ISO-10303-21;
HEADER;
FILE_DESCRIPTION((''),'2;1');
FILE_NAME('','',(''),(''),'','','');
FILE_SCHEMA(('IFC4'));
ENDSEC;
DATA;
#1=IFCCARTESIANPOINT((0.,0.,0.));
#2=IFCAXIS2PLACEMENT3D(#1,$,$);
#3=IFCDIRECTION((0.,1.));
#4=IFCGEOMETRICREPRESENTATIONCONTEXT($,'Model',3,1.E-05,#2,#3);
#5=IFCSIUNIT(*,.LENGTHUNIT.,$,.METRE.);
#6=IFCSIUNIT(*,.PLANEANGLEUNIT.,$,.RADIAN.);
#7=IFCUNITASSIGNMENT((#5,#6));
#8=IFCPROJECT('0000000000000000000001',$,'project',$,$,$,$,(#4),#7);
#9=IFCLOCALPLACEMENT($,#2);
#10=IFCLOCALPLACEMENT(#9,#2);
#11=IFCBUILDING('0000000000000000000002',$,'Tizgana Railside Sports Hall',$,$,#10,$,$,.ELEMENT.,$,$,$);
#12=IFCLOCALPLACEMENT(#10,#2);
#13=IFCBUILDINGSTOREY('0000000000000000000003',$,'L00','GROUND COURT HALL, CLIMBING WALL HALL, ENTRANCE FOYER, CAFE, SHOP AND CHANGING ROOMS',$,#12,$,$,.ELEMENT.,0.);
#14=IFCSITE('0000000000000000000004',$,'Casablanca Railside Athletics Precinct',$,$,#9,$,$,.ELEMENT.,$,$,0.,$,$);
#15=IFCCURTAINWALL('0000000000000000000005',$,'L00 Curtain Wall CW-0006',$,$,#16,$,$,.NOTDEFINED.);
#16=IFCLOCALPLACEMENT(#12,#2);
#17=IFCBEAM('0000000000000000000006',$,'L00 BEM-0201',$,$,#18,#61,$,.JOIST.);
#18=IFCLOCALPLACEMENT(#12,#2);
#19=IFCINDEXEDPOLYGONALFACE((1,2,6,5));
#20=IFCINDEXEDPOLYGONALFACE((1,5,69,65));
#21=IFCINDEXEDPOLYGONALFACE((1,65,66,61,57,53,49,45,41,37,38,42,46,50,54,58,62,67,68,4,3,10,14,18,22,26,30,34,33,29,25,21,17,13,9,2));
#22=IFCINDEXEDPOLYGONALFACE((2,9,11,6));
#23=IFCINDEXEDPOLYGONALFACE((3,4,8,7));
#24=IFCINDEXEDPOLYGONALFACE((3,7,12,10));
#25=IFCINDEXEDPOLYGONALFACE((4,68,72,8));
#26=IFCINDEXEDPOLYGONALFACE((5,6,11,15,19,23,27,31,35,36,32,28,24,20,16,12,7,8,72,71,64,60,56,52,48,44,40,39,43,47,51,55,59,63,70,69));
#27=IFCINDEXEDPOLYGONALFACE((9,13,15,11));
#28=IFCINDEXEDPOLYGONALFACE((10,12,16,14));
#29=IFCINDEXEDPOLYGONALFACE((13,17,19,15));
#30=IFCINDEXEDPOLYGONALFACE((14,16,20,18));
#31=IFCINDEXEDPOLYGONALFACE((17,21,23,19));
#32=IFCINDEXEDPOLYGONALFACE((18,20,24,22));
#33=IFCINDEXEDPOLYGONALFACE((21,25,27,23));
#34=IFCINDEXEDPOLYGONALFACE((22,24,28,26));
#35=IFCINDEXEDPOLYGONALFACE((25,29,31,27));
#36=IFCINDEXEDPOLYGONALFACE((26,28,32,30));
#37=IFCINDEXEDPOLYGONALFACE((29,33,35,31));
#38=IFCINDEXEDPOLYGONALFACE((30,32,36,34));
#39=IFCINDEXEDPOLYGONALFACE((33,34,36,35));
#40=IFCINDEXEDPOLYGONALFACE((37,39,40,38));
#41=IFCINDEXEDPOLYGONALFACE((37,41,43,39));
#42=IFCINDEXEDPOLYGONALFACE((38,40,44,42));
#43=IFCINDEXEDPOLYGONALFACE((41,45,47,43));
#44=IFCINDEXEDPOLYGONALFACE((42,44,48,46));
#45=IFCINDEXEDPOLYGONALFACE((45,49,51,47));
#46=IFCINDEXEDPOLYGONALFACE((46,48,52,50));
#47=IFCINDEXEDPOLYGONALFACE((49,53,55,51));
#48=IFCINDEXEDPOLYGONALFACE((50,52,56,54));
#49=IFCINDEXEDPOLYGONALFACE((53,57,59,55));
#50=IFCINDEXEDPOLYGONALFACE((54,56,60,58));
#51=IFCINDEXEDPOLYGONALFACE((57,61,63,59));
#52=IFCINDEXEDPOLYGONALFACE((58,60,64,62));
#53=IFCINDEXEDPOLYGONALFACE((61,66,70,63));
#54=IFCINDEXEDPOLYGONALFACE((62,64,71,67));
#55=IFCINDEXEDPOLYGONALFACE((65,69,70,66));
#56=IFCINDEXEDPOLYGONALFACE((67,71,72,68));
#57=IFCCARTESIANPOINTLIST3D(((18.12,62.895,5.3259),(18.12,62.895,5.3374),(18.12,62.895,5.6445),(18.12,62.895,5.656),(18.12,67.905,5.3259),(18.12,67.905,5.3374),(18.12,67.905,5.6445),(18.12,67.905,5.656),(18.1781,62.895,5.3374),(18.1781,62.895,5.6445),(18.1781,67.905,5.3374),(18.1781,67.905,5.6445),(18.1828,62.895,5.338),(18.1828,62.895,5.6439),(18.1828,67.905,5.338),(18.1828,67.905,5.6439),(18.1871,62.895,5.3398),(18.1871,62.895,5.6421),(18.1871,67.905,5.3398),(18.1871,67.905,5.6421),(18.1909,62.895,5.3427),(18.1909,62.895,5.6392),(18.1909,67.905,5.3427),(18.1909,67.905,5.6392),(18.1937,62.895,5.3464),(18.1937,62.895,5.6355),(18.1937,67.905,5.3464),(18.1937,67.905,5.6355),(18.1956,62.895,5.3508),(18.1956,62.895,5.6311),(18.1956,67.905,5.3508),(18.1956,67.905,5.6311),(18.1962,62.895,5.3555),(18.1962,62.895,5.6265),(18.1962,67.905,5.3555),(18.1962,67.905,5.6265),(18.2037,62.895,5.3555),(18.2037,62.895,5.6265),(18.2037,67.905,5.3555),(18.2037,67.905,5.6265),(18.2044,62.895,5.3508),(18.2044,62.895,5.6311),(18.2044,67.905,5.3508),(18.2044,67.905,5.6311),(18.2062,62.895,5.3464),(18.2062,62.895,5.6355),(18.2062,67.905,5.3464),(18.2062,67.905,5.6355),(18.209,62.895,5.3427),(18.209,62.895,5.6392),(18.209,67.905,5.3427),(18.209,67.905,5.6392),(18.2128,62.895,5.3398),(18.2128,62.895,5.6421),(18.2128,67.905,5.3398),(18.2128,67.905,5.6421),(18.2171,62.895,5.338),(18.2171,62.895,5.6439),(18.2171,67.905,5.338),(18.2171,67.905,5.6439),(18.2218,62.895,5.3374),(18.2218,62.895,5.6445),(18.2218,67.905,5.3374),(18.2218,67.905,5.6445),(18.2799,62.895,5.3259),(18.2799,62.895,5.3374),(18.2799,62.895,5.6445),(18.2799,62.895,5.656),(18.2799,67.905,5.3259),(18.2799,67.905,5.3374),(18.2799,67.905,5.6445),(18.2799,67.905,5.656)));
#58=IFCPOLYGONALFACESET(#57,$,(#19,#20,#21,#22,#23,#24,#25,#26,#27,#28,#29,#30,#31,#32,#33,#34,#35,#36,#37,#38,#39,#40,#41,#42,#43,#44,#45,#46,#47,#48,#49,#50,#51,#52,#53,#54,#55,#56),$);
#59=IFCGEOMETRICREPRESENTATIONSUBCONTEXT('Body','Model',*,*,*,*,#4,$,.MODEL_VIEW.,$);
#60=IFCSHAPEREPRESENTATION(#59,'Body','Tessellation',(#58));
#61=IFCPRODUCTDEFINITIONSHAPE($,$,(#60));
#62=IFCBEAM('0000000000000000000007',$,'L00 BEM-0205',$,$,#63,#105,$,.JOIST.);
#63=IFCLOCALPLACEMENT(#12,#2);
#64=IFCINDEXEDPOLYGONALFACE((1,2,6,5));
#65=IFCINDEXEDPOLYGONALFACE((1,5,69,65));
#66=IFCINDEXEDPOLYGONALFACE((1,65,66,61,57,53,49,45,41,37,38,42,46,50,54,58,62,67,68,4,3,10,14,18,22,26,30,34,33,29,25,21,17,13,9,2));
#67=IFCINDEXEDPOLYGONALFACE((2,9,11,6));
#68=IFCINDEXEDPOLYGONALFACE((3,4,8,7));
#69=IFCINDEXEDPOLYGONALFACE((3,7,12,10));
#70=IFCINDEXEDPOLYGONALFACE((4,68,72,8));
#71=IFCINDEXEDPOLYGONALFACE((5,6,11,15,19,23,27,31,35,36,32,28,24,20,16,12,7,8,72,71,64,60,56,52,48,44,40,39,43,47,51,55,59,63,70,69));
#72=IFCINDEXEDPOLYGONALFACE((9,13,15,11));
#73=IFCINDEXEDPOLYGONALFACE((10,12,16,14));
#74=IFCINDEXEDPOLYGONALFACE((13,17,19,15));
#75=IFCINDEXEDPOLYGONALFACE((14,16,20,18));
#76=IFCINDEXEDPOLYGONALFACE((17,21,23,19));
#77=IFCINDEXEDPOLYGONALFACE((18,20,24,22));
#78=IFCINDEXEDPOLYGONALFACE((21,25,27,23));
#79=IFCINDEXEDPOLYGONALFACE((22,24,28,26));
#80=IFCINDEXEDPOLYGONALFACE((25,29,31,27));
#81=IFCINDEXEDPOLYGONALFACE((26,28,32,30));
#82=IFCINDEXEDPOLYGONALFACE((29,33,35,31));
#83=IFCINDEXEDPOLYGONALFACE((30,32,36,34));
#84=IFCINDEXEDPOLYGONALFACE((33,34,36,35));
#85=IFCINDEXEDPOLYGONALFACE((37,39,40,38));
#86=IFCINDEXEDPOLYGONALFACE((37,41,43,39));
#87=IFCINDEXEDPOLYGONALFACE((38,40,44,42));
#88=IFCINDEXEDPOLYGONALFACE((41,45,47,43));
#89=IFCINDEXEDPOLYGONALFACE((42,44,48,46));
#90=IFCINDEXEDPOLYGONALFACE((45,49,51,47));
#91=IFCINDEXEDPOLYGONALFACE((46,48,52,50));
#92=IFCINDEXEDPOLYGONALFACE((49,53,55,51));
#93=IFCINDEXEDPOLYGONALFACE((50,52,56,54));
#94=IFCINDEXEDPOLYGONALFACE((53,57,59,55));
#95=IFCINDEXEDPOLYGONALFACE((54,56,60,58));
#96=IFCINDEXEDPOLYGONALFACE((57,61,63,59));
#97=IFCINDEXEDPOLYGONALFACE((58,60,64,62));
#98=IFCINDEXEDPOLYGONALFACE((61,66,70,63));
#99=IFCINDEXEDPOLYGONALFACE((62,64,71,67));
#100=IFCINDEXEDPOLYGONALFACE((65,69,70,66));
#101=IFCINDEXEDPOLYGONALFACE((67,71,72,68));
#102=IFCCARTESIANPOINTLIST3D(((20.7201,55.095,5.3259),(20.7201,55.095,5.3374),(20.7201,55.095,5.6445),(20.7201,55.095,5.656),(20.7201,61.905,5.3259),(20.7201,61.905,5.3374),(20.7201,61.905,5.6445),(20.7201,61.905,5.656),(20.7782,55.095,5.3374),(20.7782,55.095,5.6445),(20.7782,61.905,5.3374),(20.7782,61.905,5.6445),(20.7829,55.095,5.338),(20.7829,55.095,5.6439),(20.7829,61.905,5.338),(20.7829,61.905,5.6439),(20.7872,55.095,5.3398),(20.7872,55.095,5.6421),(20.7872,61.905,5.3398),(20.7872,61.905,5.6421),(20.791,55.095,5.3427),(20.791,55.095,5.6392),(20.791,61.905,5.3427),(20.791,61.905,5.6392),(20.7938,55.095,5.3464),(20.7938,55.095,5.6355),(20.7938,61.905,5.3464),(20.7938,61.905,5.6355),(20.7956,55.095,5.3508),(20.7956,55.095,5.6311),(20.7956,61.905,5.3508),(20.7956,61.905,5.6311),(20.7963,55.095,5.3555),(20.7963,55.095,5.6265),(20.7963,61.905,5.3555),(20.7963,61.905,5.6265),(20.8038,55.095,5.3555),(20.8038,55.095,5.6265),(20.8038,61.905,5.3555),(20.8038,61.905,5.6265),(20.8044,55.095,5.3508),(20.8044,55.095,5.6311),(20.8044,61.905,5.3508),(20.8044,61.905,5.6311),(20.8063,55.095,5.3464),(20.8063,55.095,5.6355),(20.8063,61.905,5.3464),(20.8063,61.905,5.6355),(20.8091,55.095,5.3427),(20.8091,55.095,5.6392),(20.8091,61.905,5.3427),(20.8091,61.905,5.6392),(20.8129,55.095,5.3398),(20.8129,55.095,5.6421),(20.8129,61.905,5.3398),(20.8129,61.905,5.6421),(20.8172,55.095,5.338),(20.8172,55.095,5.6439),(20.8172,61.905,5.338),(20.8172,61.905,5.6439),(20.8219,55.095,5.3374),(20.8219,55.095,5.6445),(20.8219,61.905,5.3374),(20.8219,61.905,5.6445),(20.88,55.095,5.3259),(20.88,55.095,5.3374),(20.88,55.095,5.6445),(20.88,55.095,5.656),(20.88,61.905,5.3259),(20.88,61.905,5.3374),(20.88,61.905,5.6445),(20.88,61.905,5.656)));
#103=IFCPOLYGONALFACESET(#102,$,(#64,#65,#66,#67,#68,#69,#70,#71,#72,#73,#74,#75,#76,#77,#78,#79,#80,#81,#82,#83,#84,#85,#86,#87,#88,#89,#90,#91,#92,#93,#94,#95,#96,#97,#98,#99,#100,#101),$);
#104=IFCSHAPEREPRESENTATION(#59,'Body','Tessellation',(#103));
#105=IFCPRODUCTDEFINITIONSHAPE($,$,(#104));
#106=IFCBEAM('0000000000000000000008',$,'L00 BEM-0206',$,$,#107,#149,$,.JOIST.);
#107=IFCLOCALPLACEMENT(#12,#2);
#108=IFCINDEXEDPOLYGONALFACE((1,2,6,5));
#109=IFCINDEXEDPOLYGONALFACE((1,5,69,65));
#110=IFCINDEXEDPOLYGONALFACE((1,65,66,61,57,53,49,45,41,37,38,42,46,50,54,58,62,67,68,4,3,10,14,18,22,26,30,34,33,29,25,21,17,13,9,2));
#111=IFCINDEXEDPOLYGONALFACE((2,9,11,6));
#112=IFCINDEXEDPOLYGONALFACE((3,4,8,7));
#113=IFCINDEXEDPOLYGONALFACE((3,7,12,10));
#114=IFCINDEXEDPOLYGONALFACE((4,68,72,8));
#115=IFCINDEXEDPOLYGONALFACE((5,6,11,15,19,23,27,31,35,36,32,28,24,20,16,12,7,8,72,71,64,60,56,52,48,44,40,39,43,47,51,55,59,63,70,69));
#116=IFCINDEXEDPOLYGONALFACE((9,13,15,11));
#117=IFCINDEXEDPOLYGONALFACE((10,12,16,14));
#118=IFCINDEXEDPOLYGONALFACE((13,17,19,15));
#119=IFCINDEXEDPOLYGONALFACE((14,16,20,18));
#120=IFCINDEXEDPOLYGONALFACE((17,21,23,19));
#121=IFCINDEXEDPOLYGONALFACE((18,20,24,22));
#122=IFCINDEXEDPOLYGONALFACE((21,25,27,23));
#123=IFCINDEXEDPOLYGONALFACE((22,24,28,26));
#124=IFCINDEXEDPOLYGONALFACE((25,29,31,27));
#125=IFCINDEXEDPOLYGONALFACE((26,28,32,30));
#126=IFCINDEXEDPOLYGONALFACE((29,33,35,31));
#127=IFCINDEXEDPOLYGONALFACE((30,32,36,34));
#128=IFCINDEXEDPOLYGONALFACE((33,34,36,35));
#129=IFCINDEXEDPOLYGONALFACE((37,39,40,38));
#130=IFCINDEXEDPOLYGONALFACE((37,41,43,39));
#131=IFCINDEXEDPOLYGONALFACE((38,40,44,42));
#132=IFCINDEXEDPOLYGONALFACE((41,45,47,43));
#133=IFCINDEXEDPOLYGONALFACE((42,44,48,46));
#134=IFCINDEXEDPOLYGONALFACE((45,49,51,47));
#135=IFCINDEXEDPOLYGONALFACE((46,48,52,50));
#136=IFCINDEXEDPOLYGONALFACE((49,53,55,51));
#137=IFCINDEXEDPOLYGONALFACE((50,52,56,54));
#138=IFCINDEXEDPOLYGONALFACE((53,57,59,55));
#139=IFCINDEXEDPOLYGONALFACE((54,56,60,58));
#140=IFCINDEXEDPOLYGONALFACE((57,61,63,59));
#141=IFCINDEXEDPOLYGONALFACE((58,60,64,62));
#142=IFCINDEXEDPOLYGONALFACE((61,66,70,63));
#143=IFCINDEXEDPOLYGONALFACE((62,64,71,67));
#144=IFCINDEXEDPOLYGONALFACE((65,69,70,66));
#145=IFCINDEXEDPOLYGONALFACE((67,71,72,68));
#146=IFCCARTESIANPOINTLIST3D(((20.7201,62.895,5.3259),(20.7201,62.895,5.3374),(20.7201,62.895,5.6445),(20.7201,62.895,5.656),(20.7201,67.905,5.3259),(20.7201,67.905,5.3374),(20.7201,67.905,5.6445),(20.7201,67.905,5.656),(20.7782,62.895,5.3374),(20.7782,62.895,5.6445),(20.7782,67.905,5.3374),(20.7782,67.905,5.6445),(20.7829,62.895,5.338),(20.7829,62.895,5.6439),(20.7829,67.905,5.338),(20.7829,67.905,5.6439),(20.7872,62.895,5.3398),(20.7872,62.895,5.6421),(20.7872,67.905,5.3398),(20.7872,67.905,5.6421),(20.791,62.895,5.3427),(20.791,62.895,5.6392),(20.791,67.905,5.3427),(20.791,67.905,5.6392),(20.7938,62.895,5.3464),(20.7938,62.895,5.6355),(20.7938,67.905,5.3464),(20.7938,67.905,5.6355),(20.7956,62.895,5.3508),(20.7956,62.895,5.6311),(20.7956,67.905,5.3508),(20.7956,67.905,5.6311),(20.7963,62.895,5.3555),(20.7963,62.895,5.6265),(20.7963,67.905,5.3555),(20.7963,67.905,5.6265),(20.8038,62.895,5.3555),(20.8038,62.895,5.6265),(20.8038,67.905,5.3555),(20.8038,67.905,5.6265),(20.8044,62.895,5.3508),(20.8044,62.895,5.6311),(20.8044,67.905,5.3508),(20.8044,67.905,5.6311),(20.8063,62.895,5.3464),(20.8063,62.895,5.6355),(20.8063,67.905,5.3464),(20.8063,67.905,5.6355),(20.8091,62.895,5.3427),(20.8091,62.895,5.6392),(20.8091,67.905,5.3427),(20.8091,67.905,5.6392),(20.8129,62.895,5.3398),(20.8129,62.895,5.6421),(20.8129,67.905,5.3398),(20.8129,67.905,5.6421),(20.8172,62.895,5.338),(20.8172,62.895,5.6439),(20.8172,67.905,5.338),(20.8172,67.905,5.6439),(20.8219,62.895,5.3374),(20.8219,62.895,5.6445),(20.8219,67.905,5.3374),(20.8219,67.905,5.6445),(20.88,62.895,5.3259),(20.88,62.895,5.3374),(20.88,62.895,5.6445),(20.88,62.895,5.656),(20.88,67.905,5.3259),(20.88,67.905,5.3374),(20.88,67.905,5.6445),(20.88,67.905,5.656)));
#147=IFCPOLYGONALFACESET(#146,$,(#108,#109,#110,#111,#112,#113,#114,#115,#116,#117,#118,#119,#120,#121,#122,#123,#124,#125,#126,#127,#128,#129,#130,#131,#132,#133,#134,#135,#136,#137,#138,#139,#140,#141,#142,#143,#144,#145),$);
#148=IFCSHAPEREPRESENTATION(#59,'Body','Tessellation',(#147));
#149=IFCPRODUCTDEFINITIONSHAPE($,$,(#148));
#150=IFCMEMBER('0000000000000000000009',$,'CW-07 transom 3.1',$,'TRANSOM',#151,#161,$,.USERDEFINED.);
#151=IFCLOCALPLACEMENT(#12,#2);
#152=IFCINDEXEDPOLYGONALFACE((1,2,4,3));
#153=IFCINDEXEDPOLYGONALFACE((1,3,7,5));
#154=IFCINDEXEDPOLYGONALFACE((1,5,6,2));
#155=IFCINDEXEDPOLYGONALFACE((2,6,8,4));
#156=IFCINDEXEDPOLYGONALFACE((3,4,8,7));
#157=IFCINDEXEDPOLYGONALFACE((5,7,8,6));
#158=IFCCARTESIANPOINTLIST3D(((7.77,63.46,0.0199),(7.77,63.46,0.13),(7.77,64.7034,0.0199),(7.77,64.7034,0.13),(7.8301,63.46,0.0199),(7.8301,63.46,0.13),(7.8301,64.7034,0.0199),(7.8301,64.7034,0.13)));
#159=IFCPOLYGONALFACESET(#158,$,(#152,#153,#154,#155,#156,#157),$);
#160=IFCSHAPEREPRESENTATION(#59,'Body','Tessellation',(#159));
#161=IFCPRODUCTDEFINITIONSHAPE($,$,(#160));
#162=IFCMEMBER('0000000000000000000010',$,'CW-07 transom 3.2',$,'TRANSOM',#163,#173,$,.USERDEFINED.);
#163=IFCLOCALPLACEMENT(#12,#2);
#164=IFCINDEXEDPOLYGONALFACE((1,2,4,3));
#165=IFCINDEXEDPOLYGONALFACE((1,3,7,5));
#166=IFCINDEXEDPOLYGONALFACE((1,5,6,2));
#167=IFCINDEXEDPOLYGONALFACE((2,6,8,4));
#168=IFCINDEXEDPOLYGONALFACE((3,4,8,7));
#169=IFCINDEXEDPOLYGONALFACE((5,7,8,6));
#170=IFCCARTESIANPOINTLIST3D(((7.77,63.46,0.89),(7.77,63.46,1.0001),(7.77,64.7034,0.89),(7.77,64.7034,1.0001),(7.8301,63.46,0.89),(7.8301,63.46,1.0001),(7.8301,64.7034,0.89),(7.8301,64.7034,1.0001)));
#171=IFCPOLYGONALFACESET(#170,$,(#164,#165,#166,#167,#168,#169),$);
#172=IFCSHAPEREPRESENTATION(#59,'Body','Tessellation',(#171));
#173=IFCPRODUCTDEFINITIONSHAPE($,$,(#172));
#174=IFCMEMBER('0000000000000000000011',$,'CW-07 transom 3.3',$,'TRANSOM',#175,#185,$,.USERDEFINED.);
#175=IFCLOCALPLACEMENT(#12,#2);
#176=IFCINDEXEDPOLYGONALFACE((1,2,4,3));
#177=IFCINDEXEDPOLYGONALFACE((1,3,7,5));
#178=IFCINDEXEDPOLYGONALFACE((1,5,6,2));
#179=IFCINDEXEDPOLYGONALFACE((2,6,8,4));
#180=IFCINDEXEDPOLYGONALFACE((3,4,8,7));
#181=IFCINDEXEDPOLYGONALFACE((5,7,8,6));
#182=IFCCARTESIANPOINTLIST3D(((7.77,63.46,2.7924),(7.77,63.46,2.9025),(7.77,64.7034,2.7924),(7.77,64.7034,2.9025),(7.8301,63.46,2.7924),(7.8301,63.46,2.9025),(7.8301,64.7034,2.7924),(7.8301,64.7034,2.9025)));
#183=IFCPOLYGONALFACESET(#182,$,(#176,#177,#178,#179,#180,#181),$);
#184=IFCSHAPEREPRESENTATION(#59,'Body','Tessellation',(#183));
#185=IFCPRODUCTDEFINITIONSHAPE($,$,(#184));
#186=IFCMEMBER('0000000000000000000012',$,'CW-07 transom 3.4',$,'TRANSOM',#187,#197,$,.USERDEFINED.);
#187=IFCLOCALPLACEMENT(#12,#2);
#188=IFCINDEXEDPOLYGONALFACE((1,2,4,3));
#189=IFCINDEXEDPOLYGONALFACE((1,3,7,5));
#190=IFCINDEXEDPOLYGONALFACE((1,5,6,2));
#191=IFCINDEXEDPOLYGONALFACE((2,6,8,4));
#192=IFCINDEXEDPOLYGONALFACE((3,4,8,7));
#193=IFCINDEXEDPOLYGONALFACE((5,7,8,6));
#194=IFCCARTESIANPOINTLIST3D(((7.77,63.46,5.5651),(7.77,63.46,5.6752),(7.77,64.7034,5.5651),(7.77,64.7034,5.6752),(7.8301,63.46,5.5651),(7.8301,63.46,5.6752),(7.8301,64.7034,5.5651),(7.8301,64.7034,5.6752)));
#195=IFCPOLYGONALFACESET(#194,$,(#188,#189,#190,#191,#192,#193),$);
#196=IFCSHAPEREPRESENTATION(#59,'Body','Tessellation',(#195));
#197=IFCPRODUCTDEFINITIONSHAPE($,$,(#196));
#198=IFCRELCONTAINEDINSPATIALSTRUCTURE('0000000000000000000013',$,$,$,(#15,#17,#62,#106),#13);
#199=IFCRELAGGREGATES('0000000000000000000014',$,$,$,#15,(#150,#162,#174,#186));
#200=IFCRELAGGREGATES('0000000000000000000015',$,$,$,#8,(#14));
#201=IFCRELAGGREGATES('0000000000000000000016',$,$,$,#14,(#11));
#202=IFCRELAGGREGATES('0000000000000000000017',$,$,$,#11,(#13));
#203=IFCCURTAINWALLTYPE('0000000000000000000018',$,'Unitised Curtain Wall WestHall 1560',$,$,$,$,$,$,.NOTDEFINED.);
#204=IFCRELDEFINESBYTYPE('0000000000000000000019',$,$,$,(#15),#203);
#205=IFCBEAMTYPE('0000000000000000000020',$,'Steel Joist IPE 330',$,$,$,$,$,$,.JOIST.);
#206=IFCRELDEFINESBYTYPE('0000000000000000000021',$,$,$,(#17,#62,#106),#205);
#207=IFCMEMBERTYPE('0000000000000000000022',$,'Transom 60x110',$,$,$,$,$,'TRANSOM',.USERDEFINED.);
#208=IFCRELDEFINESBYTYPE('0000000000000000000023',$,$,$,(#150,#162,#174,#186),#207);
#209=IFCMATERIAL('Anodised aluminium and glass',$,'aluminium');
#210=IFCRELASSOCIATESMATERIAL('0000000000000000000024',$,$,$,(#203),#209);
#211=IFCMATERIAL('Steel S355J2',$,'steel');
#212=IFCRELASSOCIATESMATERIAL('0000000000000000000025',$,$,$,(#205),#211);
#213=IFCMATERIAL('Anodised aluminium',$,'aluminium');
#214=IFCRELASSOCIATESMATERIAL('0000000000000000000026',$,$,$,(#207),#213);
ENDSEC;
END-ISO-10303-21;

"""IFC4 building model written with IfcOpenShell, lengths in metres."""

from ifc_helpers import new_model, si_unit, direction, frame, origin, origin_2d, place, context, subcontext, project, spatial, rectangle, i_section, extrude, material, material_profile, profile_set, type_object, element, aggregate, save


model = new_model("IFC4")

# Units and contexts
model_context = context("Model", 3, precision=1e-05, world=origin(), true_north=direction((0.0, 1.0)))
body_context = subcontext(model_context, "Body", "Model", "MODEL_VIEW")
ifc_project = project(units=[si_unit("LENGTHUNIT", "METRE"), si_unit("PLANEANGLEUNIT", "RADIAN")], contexts=[model_context])

# Site, building, storey
site_placement = place(None, origin())
site = spatial("IfcSite", under=ifc_project, at=site_placement, Name="Casablanca Railside Athletics Precinct", CompositionType="ELEMENT", RefElevation=0.0)
building_placement = place(site_placement, origin())
building = spatial("IfcBuilding", under=site, at=building_placement, Name="Tizgana Railside Sports Hall", CompositionType="ELEMENT")
storey_placement = place(building_placement, origin())
storey = spatial("IfcBuildingStorey", under=building, at=storey_placement, Name="L00", Description="GROUND COURT HALL, CLIMBING WALL HALL, ENTRANCE FOYER, CAFE, SHOP AND CHANGING ROOMS", CompositionType="ELEMENT", Elevation=0.0)

# Curtain wall
ifc_material_1 = material(Name="Anodised aluminium and glass", Category="aluminium")
curtain_wall_type = type_object("IfcCurtainWallType", Name="Unitised Curtain Wall WestHall 1560", PredefinedType="NOTDEFINED", material=ifc_material_1)
curtain_wall_placement = place(storey_placement, origin())
curtain_wall = element("IfcCurtainWall", 1, at=curtain_wall_placement, inside=storey, type_object=curtain_wall_type, Name="L00 Curtain Wall CW-0006", PredefinedType="NOTDEFINED")
ifc_material_2 = material(Name="Anodised aluminium", Category="aluminium")

# Beams
ifc_material_3 = material(Name="Steel S355J2", Category="steel")
ifc_material_profile_1 = material_profile(ifc_material_3, i_section(OverallWidth=0.1599, OverallDepth=0.3301, WebThickness=0.0076, FlangeThickness=0.0115, FilletRadius=0.0181, at=origin_2d()), Name="IPE 330")
ifc_profile_set_1 = profile_set([ifc_material_profile_1], Name="Steel S355J2")
beam_type_1 = type_object("IfcBeamType", Name="Steel Joist IPE 330", PredefinedType="JOIST", material=ifc_profile_set_1)
beam_1_placement = place(storey_placement, frame((18.2, 62.895, 5.491), z_axis=(0.0, 1.0, 0.0), x_axis=(-1.0, 0.0, 0.0)))
element("IfcBeam", 2, at=beam_1_placement, inside=storey, type_object=beam_type_1, Name="L00 BEM-0201", PredefinedType="JOIST", context=body_context, shape_type="SweptSolid", body=[
    extrude(i_section(OverallWidth=0.1599, OverallDepth=0.3301, WebThickness=0.0076, FlangeThickness=0.0115, FilletRadius=0.0181, at=origin_2d()), origin(), (0.0, 0.0, 1.0), 5.01),
])
beam_2_placement = place(storey_placement, frame((20.8, 55.095, 5.491), z_axis=(0.0, 1.0, 0.0), x_axis=(-1.0, 0.0, 0.0)))
element("IfcBeam", 3, at=beam_2_placement, inside=storey, type_object=beam_type_1, Name="L00 BEM-0205", PredefinedType="JOIST", context=body_context, shape_type="SweptSolid", body=[
    extrude(i_section(OverallWidth=0.1599, OverallDepth=0.3301, WebThickness=0.0076, FlangeThickness=0.0115, FilletRadius=0.0181, at=origin_2d()), origin(), (0.0, 0.0, 1.0), 6.8101),
])
beam_3_placement = place(storey_placement, frame((20.8, 62.895, 5.491), z_axis=(0.0, 1.0, 0.0), x_axis=(-1.0, 0.0, 0.0)))
element("IfcBeam", 4, at=beam_3_placement, inside=storey, type_object=beam_type_1, Name="L00 BEM-0206", PredefinedType="JOIST", context=body_context, shape_type="SweptSolid", body=[
    extrude(i_section(OverallWidth=0.1599, OverallDepth=0.3301, WebThickness=0.0076, FlangeThickness=0.0115, FilletRadius=0.0181, at=origin_2d()), origin(), (0.0, 0.0, 1.0), 5.01),
])

# Members
ifc_material_profile_2 = material_profile(ifc_material_2, rectangle(XDim=0.0601, YDim=0.1101, at=origin_2d()), Name="Transom 60x110")
ifc_profile_set_2 = profile_set([ifc_material_profile_2], Name="Anodised aluminium")
member_type_1 = type_object("IfcMemberType", Name="Transom 60x110", ElementType="TRANSOM", PredefinedType="USERDEFINED", material=ifc_profile_set_2)
member_1_placement = place(storey_placement, frame((7.8, 64.7034, 0.075), z_axis=(0.0, -1.0, 0.0), x_axis=(1.0, 0.0, 0.0)))
member_1 = element("IfcMember", 5, at=member_1_placement, type_object=member_type_1, Name="CW-07 transom 3.1", ObjectType="TRANSOM", PredefinedType="USERDEFINED", context=body_context, shape_type="SweptSolid", body=[
    extrude(rectangle(XDim=0.0601, YDim=0.1101, at=origin_2d()), origin(), (0.0, 0.0, 1.0), 1.2434),
])
member_2_placement = place(storey_placement, frame((7.8, 64.7034, 0.9451), z_axis=(0.0, -1.0, 0.0), x_axis=(1.0, 0.0, 0.0)))
member_2 = element("IfcMember", 6, at=member_2_placement, type_object=member_type_1, Name="CW-07 transom 3.2", ObjectType="TRANSOM", PredefinedType="USERDEFINED", context=body_context, shape_type="SweptSolid", body=[
    extrude(rectangle(XDim=0.0601, YDim=0.1101, at=origin_2d()), origin(), (0.0, 0.0, 1.0), 1.2434),
])
member_3_placement = place(storey_placement, frame((7.8, 64.7034, 2.8474), z_axis=(0.0, -1.0, 0.0), x_axis=(1.0, 0.0, 0.0)))
member_3 = element("IfcMember", 7, at=member_3_placement, type_object=member_type_1, Name="CW-07 transom 3.3", ObjectType="TRANSOM", PredefinedType="USERDEFINED", context=body_context, shape_type="SweptSolid", body=[
    extrude(rectangle(XDim=0.0601, YDim=0.1101, at=origin_2d()), origin(), (0.0, 0.0, 1.0), 1.2434),
])
member_4_placement = place(storey_placement, frame((7.8, 64.7034, 5.6201), z_axis=(0.0, -1.0, 0.0), x_axis=(1.0, 0.0, 0.0)))
member_4 = element("IfcMember", 8, at=member_4_placement, type_object=member_type_1, Name="CW-07 transom 3.4", ObjectType="TRANSOM", PredefinedType="USERDEFINED", context=body_context, shape_type="SweptSolid", body=[
    extrude(rectangle(XDim=0.0601, YDim=0.1101, at=origin_2d()), origin(), (0.0, 0.0, 1.0), 1.2434),
])

aggregate(curtain_wall, [member_1, member_2, member_3, member_4])

save(model, "model.ifc")
